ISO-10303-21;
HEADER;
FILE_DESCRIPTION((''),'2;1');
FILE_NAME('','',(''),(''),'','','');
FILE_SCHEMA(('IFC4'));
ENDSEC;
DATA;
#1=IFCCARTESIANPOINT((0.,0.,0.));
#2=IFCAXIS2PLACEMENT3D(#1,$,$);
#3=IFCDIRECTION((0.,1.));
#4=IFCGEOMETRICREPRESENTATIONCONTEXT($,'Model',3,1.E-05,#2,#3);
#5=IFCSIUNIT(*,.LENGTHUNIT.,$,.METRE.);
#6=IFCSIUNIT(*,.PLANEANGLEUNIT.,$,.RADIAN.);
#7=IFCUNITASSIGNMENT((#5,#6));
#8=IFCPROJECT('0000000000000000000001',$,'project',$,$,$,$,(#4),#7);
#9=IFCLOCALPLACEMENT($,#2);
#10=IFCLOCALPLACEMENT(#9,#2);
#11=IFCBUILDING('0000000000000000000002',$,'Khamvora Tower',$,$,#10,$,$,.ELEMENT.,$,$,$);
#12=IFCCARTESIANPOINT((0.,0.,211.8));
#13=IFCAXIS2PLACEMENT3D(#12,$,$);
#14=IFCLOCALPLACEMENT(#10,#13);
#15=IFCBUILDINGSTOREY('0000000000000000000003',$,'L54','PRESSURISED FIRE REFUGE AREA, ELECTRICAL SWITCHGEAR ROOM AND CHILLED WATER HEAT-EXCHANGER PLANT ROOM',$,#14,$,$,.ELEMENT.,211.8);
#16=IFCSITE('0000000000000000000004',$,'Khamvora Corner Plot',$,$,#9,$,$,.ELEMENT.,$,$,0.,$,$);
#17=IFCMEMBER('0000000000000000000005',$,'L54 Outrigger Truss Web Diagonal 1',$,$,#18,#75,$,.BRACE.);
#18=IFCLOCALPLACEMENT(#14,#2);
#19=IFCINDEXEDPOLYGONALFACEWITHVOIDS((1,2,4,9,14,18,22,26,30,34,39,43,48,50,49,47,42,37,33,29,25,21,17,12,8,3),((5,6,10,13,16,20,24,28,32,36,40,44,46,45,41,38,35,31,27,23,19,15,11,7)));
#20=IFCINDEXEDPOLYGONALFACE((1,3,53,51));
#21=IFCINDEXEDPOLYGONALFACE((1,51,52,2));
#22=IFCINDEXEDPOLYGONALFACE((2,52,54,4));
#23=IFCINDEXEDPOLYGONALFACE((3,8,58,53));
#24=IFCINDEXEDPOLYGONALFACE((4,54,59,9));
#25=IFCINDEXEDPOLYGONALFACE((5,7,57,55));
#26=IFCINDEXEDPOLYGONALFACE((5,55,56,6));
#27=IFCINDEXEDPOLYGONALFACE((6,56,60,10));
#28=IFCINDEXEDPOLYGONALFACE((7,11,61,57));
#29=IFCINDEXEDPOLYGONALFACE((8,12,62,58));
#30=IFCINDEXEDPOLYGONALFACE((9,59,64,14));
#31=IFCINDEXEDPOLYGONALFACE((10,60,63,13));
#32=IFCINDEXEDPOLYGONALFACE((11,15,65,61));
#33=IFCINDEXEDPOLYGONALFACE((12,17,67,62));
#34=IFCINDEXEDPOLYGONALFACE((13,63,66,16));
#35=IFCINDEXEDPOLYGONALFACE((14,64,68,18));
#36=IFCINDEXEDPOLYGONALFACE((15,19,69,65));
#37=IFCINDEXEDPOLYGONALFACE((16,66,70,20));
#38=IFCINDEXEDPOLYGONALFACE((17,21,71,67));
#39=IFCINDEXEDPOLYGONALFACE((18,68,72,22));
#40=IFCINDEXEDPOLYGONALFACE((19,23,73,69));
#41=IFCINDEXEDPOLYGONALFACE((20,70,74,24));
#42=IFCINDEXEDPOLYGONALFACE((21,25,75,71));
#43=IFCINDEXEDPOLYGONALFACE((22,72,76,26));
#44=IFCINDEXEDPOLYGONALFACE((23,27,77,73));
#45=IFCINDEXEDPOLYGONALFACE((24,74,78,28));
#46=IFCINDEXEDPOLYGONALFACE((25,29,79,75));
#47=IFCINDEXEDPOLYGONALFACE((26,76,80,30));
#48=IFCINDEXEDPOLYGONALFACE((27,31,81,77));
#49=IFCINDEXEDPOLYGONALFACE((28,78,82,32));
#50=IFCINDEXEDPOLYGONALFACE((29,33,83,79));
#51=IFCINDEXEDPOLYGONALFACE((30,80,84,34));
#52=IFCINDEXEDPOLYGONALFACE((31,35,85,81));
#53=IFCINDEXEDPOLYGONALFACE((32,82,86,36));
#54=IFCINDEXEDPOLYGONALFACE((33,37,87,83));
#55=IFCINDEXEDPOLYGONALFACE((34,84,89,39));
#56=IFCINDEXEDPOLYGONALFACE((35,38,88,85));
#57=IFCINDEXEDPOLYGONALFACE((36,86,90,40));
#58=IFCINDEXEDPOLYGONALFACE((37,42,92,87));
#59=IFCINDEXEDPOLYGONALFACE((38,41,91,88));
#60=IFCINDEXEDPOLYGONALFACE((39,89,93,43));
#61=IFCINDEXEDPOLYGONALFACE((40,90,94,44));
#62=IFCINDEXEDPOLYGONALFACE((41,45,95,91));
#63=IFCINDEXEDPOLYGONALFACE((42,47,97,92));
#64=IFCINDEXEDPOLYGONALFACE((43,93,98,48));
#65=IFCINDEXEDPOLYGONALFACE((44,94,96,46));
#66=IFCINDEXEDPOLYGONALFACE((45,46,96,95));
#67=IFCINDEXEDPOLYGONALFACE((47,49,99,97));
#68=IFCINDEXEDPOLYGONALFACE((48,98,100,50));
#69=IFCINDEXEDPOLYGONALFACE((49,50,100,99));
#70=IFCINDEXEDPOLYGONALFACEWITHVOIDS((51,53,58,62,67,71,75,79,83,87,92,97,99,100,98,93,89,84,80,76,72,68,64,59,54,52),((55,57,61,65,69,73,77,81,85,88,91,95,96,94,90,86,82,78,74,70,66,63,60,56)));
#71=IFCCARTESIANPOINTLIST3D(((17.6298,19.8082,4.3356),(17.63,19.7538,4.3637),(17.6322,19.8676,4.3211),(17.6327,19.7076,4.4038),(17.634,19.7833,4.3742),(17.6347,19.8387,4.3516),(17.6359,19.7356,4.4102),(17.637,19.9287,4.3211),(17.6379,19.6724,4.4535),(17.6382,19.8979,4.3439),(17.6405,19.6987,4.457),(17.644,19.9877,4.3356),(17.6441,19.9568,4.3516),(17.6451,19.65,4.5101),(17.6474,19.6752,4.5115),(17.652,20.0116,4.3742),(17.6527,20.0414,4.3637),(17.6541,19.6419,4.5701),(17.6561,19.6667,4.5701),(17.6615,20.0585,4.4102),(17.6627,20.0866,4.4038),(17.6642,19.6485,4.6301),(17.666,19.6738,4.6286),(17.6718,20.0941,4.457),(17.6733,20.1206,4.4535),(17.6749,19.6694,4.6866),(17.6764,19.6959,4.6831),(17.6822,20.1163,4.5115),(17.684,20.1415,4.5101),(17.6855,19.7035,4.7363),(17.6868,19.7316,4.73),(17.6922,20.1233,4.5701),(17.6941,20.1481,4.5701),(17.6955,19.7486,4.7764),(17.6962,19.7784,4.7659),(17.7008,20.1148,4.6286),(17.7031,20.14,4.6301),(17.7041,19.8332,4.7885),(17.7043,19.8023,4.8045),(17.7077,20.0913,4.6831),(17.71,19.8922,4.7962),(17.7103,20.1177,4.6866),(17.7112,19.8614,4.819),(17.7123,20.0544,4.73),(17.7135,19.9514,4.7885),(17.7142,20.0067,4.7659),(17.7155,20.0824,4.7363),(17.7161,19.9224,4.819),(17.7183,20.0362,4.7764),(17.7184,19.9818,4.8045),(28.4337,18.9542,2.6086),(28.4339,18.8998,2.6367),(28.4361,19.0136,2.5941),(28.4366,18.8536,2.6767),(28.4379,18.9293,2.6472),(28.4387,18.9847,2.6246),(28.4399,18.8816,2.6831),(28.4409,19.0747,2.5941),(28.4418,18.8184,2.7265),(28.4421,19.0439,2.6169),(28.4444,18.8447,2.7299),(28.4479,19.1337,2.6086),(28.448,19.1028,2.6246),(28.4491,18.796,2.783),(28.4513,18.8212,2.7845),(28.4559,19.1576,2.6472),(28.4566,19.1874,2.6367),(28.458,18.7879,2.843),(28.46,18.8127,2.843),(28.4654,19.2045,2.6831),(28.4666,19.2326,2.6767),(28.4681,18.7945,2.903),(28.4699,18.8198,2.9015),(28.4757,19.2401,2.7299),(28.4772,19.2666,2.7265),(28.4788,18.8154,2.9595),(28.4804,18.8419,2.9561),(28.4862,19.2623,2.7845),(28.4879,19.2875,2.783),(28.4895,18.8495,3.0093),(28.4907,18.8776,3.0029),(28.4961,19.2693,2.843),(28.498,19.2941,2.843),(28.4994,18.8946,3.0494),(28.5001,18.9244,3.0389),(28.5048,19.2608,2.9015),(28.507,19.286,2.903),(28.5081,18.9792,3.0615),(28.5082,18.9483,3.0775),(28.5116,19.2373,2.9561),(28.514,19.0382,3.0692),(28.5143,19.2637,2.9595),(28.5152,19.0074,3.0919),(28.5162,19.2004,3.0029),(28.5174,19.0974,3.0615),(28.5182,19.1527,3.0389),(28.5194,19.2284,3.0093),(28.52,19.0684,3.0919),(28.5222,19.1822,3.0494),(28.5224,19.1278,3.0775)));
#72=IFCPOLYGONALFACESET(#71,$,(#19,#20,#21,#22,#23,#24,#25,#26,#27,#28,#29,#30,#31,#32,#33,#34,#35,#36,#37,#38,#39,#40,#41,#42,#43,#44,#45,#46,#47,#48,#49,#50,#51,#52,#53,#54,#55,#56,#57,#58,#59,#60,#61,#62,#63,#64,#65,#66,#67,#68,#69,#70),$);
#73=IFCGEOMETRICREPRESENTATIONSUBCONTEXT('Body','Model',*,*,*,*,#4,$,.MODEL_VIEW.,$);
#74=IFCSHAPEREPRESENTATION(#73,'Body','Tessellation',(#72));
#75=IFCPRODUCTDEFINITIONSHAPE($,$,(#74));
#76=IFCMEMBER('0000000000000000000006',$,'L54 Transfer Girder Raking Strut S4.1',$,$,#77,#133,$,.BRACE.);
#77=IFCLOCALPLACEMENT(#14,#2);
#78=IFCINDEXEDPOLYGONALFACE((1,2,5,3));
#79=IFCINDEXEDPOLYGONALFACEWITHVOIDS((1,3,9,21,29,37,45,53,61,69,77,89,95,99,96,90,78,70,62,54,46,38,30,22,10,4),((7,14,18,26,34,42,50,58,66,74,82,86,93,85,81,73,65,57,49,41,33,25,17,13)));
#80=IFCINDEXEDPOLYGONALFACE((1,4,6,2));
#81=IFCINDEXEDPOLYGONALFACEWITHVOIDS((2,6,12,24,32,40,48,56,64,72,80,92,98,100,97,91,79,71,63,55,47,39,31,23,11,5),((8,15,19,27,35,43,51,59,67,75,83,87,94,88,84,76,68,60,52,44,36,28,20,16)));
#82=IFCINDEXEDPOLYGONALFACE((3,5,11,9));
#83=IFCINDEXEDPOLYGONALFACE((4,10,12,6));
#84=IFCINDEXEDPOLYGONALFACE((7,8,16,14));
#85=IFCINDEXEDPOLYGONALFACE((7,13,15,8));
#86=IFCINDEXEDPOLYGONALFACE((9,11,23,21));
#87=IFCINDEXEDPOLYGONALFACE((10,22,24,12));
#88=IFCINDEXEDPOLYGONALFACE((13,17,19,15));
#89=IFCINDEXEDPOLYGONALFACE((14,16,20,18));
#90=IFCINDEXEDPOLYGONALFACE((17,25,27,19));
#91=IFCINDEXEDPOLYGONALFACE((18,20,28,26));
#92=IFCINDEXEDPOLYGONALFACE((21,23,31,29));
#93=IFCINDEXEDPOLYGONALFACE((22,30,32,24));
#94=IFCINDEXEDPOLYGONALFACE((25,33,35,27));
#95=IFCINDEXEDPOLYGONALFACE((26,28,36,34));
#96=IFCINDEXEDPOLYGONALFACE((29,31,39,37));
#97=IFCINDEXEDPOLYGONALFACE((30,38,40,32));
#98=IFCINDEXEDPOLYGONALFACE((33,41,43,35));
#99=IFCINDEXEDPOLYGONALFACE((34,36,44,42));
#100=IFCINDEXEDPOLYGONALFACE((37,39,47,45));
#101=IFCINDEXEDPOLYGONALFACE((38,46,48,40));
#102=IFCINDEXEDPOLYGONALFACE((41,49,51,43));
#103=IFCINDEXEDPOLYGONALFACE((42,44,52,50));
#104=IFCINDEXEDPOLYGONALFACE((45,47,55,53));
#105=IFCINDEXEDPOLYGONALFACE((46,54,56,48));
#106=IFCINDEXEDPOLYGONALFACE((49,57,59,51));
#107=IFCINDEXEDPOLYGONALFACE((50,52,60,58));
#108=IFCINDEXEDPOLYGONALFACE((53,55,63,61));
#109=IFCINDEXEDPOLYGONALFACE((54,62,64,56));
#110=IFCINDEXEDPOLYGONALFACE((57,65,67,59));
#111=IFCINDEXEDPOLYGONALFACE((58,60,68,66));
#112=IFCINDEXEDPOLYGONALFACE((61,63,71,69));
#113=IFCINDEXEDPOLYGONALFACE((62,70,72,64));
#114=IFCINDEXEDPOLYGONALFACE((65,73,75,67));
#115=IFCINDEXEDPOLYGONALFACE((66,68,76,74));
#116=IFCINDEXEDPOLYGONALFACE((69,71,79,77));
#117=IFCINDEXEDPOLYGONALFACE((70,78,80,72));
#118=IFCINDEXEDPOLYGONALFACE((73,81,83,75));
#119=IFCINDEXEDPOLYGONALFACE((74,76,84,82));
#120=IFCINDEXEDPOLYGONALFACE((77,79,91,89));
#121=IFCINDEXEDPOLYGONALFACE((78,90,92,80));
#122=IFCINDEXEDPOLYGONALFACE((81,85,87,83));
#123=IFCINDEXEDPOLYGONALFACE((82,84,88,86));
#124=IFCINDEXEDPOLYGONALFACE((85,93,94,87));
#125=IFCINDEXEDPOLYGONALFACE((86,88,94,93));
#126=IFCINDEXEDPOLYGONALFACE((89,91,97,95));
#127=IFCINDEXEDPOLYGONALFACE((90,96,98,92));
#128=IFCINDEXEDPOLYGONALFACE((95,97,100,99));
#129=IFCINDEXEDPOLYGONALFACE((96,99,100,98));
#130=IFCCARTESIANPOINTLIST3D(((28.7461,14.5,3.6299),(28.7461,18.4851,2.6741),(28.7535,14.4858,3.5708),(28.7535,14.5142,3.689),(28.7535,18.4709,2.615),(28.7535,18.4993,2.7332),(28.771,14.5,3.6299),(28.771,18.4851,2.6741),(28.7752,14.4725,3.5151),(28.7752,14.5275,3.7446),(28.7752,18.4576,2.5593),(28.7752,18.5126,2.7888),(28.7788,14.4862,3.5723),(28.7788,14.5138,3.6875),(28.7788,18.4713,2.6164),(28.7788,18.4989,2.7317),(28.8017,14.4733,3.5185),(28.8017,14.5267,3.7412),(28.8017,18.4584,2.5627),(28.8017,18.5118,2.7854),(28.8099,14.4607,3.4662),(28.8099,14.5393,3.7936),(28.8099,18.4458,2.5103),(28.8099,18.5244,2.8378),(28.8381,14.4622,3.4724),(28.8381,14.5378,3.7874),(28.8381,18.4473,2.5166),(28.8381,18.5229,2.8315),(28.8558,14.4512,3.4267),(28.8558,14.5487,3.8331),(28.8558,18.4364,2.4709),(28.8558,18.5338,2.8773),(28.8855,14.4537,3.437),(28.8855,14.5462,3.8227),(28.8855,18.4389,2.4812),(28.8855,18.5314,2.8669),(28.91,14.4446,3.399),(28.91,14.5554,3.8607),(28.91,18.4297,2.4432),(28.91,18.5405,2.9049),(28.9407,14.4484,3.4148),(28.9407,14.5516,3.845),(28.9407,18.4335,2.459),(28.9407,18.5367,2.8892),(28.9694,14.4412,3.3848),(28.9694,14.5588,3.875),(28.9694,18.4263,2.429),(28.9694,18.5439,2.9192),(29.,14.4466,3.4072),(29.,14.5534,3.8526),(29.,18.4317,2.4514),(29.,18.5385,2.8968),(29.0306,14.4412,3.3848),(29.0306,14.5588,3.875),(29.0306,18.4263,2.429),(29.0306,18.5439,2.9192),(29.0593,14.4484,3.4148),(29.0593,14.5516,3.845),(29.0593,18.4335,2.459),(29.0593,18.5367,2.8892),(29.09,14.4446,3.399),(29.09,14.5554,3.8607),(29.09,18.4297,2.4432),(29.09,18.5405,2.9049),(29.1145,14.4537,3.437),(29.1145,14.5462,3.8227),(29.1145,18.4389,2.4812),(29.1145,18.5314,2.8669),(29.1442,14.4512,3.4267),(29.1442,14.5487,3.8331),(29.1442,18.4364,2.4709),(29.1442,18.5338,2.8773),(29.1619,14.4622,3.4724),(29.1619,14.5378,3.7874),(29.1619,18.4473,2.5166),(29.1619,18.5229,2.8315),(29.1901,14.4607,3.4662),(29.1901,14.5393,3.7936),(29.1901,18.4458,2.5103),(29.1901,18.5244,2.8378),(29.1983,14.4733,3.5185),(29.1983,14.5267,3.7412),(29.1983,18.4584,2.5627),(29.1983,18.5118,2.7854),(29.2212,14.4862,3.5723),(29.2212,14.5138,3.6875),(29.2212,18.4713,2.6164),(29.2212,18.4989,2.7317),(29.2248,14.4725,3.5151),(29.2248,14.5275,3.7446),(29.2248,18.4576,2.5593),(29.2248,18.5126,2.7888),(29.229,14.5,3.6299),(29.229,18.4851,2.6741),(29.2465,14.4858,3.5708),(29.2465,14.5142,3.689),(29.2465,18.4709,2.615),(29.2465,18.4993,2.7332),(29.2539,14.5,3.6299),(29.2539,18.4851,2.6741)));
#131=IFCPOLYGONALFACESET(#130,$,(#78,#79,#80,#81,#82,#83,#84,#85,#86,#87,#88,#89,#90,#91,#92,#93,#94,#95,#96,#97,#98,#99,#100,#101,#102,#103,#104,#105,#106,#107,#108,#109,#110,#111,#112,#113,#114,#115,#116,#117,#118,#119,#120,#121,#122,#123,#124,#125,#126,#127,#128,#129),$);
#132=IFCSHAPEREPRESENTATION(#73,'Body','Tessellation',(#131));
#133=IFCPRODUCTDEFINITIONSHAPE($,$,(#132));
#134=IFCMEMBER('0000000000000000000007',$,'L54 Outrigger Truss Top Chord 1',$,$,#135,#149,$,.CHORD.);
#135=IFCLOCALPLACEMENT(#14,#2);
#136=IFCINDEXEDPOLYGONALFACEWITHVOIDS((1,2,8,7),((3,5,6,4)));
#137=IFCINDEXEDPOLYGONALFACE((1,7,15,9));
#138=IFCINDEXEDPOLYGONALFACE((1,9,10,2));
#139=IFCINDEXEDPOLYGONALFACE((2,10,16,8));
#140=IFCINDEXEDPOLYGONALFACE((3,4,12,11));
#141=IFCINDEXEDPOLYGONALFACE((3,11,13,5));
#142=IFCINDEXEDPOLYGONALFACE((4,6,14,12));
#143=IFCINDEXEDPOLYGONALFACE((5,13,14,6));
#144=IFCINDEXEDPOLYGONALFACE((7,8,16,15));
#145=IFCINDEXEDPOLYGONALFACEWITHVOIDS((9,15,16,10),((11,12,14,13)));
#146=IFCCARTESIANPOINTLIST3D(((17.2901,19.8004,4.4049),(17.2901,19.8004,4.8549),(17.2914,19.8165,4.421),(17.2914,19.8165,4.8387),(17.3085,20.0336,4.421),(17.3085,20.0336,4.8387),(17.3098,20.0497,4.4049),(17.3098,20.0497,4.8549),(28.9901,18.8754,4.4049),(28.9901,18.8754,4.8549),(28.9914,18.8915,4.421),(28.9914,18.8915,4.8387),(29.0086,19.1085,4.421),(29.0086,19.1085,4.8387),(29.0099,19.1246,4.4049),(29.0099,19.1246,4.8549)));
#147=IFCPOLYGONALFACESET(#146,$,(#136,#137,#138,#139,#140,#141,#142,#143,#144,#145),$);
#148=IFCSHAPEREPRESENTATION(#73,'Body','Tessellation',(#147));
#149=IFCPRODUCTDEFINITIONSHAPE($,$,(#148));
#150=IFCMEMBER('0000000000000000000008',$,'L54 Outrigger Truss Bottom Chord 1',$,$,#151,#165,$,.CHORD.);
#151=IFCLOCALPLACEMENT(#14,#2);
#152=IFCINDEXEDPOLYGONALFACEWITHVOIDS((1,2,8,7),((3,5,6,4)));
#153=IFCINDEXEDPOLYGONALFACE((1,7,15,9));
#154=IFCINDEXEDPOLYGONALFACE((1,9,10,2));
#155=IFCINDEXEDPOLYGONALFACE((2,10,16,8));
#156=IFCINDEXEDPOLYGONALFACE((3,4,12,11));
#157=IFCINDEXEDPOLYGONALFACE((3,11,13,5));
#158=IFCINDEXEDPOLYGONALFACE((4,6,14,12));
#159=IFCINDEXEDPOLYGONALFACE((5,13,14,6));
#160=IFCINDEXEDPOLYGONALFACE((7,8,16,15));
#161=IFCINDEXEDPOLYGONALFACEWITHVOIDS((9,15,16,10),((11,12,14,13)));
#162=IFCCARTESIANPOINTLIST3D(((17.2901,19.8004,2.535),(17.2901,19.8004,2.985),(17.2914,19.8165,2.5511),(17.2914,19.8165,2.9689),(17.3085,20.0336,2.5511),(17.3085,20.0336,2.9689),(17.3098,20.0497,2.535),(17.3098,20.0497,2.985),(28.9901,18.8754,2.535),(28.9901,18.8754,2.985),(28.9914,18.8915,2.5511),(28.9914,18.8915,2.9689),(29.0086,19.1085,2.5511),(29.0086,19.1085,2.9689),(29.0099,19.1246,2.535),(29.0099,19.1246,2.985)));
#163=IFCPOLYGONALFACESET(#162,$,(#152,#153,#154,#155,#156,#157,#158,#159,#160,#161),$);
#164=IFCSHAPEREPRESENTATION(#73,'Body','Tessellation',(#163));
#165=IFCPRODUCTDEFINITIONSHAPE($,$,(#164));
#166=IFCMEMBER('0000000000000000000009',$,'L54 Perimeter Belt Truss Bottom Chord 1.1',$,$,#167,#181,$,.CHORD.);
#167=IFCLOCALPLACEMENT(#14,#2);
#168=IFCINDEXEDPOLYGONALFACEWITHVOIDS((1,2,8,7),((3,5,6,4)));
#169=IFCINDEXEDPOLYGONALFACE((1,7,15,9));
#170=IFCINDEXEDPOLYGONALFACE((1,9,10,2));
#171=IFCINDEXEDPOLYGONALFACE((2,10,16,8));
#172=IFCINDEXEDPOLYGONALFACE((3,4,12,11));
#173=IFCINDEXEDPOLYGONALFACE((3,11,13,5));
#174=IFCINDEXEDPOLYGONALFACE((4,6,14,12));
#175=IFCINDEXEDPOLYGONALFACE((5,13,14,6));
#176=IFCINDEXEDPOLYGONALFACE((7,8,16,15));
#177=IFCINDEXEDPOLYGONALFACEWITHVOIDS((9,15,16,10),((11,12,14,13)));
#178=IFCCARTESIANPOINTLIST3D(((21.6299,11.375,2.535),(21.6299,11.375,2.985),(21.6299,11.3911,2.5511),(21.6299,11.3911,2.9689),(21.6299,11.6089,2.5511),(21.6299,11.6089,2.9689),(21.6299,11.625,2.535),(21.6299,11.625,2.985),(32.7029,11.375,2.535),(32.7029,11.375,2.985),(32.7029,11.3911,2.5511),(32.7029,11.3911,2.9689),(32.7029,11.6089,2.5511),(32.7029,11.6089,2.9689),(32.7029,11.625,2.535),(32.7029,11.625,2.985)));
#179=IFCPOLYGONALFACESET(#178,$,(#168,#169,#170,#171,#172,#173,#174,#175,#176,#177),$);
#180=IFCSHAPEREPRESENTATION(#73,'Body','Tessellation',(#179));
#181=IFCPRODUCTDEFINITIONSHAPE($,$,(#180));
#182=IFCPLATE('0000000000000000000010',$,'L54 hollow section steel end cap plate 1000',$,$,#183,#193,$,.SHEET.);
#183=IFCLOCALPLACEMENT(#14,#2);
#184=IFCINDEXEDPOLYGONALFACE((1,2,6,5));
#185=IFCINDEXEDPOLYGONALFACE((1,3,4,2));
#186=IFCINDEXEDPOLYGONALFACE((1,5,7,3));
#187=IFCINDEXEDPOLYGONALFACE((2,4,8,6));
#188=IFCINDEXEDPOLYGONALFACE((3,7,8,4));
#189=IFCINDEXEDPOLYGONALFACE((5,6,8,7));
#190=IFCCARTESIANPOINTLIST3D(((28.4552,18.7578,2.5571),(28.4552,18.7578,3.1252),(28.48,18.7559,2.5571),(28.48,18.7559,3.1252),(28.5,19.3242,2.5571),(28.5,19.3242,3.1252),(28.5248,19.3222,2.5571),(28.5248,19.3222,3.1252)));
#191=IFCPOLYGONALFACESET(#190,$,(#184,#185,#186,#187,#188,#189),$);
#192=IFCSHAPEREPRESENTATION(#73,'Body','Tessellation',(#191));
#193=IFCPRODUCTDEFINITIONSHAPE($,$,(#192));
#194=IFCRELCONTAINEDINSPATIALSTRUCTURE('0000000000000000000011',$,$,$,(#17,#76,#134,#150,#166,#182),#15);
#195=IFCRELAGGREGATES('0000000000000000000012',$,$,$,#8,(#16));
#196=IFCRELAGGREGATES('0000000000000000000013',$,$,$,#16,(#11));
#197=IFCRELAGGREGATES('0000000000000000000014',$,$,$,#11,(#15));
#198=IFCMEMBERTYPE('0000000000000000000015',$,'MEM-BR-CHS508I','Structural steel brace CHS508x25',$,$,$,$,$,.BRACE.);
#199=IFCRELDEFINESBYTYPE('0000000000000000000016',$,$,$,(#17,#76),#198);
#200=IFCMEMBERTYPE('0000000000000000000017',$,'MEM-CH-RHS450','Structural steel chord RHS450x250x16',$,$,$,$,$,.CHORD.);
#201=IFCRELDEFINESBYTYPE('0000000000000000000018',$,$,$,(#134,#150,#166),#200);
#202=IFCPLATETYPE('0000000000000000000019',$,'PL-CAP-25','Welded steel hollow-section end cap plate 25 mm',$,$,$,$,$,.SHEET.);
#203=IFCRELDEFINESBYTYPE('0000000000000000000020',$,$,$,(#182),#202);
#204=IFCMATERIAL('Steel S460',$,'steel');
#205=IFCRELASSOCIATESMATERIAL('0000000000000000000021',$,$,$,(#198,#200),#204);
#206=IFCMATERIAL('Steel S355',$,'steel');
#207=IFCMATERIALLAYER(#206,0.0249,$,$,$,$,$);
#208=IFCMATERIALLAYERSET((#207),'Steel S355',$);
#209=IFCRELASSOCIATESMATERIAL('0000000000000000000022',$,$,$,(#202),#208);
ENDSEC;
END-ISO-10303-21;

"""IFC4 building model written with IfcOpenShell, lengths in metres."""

from ifc_helpers import new_model, si_unit, direction, frame, origin, origin_2d, place, context, subcontext, project, spatial, rectangle, hollow_rectangle, hollow_circle, extrude, material, layer, layer_set, material_profile, profile_set, type_object, element, save


model = new_model("IFC4")

# Units and contexts
model_context = context("Model", 3, precision=1e-05, world=origin(), true_north=direction((0.0, 1.0)))
body_context = subcontext(model_context, "Body", "Model", "MODEL_VIEW")
ifc_project = project(units=[si_unit("LENGTHUNIT", "METRE"), si_unit("PLANEANGLEUNIT", "RADIAN")], contexts=[model_context])

# Site, building, storey
site_placement = place(None, origin())
site = spatial("IfcSite", under=ifc_project, at=site_placement, Name="Khamvora Corner Plot", CompositionType="ELEMENT", RefElevation=0.0)
building_placement = place(site_placement, origin())
building = spatial("IfcBuilding", under=site, at=building_placement, Name="Khamvora Tower", CompositionType="ELEMENT")
storey_placement = place(building_placement, frame((0.0, 0.0, 211.8)))
storey = spatial("IfcBuildingStorey", under=building, at=storey_placement, Name="L54", Description="PRESSURISED FIRE REFUGE AREA, ELECTRICAL SWITCHGEAR ROOM AND CHILLED WATER HEAT-EXCHANGER PLANT ROOM", CompositionType="ELEMENT", Elevation=211.8)

# Shared definitions
ifc_material_1 = material(Name="Steel S460", Category="steel")

# Shared definitions
ifc_material_2 = material(Name="Steel S355", Category="steel")

# Members
ifc_material_profile_1 = material_profile(ifc_material_1, hollow_circle(Radius=0.2539, WallThickness=0.0249, at=origin_2d()), Name="CHS508x25")
ifc_profile_set_1 = profile_set([ifc_material_profile_1], Name="Steel S460")
member_type_1 = type_object("IfcMemberType", Name="MEM-BR-CHS508I", Description="Structural steel brace CHS508x25", PredefinedType="BRACE", material=ifc_profile_set_1)
member_1_placement = place(storey_placement, frame((28.478, 19.041, 2.843), z_axis=(-0.984469, 0.077818, 0.157371), x_axis=(-0.0788, -0.99689, 0.0)))
element("IfcMember", 1, at=member_1_placement, inside=storey, type_object=member_type_1, Name="L54 Outrigger Truss Web Diagonal 1", PredefinedType="BRACE", context=body_context, shape_type="SweptSolid", body=[
    extrude(hollow_circle(Radius=0.2539, WallThickness=0.0249, at=origin_2d()), origin(), (0.0, 0.0, 1.0), 10.9744),
])
member_2_placement = place(storey_placement, frame((29.0, 18.4851, 2.6741), z_axis=(0.0, -0.972421, 0.233231), x_axis=(1.0, 0.0, 0.0)))
element("IfcMember", 2, at=member_2_placement, inside=storey, type_object=member_type_1, Name="L54 Transfer Girder Raking Strut S4.1", PredefinedType="BRACE", context=body_context, shape_type="SweptSolid", body=[
    extrude(hollow_circle(Radius=0.2539, WallThickness=0.0249, at=origin_2d()), origin(), (0.0, 0.0, 1.0), 4.0981),
])
ifc_material_profile_2 = material_profile(ifc_material_1, hollow_rectangle(XDim=0.25, YDim=0.45, WallThickness=0.0161, at=origin_2d()), Name="RHS450x250x16")
ifc_profile_set_2 = profile_set([ifc_material_profile_2], Name="Steel S460")
member_type_2 = type_object("IfcMemberType", Name="MEM-CH-RHS450", Description="Structural steel chord RHS450x250x16", PredefinedType="CHORD", material=ifc_profile_set_2)
for number, where, z_axis, x_axis, name in (
    (3, (29.0, 19.0, 4.6299), (-0.996889, 0.078818, 0.0), (-0.078818, -0.996889, 0.0), "L54 Outrigger Truss Top Chord 1"),
    (4, (29.0, 19.0, 2.76), (-0.996889, 0.078818, 0.0), (-0.078818, -0.996889, 0.0), "L54 Outrigger Truss Bottom Chord 1"),
):
    element("IfcMember", number, at=place(storey_placement, frame(where, z_axis=z_axis, x_axis=x_axis)), inside=storey, type_object=member_type_2, Name=name, PredefinedType="CHORD", context=body_context, shape_type="SweptSolid", body=[
        extrude(hollow_rectangle(XDim=0.25, YDim=0.45, WallThickness=0.0161, at=origin_2d()), origin(), (0.0, 0.0, 1.0), 11.7366),
    ])
member_3_placement = place(storey_placement, frame((21.6299, 11.5, 2.76), z_axis=(1.0, 0.0, 0.0), x_axis=(0.0, 1.0, 0.0)))
element("IfcMember", 5, at=member_3_placement, inside=storey, type_object=member_type_2, Name="L54 Perimeter Belt Truss Bottom Chord 1.1", PredefinedType="CHORD", context=body_context, shape_type="SweptSolid", body=[
    extrude(hollow_rectangle(XDim=0.25, YDim=0.45, WallThickness=0.0161, at=origin_2d()), origin(), (0.0, 0.0, 1.0), 11.073),
])

# Plate
ifc_layer_1 = layer(ifc_material_2, 0.0249)
ifc_layer_set_1 = layer_set([ifc_layer_1], Name="Steel S355")
plate_type_1 = type_object("IfcPlateType", Name="PL-CAP-25", Description="Welded steel hollow-section end cap plate 25 mm", PredefinedType="SHEET", material=ifc_layer_set_1)
plate_1_placement = place(storey_placement, frame((28.49, 19.04, 2.5571), z_axis=(0.0, 0.0, 1.0), x_axis=(-0.99689, 0.078807, 0.0)))
element("IfcPlate", 6, at=plate_1_placement, inside=storey, type_object=plate_type_1, Name="L54 hollow section steel end cap plate 1000", PredefinedType="SHEET", context=body_context, shape_type="SweptSolid", body=[
    extrude(rectangle(XDim=0.0249, YDim=0.5681, at=origin_2d()), origin(), (0.0, 0.0, 1.0), 0.5681),
])

save(model, "model.ifc")
